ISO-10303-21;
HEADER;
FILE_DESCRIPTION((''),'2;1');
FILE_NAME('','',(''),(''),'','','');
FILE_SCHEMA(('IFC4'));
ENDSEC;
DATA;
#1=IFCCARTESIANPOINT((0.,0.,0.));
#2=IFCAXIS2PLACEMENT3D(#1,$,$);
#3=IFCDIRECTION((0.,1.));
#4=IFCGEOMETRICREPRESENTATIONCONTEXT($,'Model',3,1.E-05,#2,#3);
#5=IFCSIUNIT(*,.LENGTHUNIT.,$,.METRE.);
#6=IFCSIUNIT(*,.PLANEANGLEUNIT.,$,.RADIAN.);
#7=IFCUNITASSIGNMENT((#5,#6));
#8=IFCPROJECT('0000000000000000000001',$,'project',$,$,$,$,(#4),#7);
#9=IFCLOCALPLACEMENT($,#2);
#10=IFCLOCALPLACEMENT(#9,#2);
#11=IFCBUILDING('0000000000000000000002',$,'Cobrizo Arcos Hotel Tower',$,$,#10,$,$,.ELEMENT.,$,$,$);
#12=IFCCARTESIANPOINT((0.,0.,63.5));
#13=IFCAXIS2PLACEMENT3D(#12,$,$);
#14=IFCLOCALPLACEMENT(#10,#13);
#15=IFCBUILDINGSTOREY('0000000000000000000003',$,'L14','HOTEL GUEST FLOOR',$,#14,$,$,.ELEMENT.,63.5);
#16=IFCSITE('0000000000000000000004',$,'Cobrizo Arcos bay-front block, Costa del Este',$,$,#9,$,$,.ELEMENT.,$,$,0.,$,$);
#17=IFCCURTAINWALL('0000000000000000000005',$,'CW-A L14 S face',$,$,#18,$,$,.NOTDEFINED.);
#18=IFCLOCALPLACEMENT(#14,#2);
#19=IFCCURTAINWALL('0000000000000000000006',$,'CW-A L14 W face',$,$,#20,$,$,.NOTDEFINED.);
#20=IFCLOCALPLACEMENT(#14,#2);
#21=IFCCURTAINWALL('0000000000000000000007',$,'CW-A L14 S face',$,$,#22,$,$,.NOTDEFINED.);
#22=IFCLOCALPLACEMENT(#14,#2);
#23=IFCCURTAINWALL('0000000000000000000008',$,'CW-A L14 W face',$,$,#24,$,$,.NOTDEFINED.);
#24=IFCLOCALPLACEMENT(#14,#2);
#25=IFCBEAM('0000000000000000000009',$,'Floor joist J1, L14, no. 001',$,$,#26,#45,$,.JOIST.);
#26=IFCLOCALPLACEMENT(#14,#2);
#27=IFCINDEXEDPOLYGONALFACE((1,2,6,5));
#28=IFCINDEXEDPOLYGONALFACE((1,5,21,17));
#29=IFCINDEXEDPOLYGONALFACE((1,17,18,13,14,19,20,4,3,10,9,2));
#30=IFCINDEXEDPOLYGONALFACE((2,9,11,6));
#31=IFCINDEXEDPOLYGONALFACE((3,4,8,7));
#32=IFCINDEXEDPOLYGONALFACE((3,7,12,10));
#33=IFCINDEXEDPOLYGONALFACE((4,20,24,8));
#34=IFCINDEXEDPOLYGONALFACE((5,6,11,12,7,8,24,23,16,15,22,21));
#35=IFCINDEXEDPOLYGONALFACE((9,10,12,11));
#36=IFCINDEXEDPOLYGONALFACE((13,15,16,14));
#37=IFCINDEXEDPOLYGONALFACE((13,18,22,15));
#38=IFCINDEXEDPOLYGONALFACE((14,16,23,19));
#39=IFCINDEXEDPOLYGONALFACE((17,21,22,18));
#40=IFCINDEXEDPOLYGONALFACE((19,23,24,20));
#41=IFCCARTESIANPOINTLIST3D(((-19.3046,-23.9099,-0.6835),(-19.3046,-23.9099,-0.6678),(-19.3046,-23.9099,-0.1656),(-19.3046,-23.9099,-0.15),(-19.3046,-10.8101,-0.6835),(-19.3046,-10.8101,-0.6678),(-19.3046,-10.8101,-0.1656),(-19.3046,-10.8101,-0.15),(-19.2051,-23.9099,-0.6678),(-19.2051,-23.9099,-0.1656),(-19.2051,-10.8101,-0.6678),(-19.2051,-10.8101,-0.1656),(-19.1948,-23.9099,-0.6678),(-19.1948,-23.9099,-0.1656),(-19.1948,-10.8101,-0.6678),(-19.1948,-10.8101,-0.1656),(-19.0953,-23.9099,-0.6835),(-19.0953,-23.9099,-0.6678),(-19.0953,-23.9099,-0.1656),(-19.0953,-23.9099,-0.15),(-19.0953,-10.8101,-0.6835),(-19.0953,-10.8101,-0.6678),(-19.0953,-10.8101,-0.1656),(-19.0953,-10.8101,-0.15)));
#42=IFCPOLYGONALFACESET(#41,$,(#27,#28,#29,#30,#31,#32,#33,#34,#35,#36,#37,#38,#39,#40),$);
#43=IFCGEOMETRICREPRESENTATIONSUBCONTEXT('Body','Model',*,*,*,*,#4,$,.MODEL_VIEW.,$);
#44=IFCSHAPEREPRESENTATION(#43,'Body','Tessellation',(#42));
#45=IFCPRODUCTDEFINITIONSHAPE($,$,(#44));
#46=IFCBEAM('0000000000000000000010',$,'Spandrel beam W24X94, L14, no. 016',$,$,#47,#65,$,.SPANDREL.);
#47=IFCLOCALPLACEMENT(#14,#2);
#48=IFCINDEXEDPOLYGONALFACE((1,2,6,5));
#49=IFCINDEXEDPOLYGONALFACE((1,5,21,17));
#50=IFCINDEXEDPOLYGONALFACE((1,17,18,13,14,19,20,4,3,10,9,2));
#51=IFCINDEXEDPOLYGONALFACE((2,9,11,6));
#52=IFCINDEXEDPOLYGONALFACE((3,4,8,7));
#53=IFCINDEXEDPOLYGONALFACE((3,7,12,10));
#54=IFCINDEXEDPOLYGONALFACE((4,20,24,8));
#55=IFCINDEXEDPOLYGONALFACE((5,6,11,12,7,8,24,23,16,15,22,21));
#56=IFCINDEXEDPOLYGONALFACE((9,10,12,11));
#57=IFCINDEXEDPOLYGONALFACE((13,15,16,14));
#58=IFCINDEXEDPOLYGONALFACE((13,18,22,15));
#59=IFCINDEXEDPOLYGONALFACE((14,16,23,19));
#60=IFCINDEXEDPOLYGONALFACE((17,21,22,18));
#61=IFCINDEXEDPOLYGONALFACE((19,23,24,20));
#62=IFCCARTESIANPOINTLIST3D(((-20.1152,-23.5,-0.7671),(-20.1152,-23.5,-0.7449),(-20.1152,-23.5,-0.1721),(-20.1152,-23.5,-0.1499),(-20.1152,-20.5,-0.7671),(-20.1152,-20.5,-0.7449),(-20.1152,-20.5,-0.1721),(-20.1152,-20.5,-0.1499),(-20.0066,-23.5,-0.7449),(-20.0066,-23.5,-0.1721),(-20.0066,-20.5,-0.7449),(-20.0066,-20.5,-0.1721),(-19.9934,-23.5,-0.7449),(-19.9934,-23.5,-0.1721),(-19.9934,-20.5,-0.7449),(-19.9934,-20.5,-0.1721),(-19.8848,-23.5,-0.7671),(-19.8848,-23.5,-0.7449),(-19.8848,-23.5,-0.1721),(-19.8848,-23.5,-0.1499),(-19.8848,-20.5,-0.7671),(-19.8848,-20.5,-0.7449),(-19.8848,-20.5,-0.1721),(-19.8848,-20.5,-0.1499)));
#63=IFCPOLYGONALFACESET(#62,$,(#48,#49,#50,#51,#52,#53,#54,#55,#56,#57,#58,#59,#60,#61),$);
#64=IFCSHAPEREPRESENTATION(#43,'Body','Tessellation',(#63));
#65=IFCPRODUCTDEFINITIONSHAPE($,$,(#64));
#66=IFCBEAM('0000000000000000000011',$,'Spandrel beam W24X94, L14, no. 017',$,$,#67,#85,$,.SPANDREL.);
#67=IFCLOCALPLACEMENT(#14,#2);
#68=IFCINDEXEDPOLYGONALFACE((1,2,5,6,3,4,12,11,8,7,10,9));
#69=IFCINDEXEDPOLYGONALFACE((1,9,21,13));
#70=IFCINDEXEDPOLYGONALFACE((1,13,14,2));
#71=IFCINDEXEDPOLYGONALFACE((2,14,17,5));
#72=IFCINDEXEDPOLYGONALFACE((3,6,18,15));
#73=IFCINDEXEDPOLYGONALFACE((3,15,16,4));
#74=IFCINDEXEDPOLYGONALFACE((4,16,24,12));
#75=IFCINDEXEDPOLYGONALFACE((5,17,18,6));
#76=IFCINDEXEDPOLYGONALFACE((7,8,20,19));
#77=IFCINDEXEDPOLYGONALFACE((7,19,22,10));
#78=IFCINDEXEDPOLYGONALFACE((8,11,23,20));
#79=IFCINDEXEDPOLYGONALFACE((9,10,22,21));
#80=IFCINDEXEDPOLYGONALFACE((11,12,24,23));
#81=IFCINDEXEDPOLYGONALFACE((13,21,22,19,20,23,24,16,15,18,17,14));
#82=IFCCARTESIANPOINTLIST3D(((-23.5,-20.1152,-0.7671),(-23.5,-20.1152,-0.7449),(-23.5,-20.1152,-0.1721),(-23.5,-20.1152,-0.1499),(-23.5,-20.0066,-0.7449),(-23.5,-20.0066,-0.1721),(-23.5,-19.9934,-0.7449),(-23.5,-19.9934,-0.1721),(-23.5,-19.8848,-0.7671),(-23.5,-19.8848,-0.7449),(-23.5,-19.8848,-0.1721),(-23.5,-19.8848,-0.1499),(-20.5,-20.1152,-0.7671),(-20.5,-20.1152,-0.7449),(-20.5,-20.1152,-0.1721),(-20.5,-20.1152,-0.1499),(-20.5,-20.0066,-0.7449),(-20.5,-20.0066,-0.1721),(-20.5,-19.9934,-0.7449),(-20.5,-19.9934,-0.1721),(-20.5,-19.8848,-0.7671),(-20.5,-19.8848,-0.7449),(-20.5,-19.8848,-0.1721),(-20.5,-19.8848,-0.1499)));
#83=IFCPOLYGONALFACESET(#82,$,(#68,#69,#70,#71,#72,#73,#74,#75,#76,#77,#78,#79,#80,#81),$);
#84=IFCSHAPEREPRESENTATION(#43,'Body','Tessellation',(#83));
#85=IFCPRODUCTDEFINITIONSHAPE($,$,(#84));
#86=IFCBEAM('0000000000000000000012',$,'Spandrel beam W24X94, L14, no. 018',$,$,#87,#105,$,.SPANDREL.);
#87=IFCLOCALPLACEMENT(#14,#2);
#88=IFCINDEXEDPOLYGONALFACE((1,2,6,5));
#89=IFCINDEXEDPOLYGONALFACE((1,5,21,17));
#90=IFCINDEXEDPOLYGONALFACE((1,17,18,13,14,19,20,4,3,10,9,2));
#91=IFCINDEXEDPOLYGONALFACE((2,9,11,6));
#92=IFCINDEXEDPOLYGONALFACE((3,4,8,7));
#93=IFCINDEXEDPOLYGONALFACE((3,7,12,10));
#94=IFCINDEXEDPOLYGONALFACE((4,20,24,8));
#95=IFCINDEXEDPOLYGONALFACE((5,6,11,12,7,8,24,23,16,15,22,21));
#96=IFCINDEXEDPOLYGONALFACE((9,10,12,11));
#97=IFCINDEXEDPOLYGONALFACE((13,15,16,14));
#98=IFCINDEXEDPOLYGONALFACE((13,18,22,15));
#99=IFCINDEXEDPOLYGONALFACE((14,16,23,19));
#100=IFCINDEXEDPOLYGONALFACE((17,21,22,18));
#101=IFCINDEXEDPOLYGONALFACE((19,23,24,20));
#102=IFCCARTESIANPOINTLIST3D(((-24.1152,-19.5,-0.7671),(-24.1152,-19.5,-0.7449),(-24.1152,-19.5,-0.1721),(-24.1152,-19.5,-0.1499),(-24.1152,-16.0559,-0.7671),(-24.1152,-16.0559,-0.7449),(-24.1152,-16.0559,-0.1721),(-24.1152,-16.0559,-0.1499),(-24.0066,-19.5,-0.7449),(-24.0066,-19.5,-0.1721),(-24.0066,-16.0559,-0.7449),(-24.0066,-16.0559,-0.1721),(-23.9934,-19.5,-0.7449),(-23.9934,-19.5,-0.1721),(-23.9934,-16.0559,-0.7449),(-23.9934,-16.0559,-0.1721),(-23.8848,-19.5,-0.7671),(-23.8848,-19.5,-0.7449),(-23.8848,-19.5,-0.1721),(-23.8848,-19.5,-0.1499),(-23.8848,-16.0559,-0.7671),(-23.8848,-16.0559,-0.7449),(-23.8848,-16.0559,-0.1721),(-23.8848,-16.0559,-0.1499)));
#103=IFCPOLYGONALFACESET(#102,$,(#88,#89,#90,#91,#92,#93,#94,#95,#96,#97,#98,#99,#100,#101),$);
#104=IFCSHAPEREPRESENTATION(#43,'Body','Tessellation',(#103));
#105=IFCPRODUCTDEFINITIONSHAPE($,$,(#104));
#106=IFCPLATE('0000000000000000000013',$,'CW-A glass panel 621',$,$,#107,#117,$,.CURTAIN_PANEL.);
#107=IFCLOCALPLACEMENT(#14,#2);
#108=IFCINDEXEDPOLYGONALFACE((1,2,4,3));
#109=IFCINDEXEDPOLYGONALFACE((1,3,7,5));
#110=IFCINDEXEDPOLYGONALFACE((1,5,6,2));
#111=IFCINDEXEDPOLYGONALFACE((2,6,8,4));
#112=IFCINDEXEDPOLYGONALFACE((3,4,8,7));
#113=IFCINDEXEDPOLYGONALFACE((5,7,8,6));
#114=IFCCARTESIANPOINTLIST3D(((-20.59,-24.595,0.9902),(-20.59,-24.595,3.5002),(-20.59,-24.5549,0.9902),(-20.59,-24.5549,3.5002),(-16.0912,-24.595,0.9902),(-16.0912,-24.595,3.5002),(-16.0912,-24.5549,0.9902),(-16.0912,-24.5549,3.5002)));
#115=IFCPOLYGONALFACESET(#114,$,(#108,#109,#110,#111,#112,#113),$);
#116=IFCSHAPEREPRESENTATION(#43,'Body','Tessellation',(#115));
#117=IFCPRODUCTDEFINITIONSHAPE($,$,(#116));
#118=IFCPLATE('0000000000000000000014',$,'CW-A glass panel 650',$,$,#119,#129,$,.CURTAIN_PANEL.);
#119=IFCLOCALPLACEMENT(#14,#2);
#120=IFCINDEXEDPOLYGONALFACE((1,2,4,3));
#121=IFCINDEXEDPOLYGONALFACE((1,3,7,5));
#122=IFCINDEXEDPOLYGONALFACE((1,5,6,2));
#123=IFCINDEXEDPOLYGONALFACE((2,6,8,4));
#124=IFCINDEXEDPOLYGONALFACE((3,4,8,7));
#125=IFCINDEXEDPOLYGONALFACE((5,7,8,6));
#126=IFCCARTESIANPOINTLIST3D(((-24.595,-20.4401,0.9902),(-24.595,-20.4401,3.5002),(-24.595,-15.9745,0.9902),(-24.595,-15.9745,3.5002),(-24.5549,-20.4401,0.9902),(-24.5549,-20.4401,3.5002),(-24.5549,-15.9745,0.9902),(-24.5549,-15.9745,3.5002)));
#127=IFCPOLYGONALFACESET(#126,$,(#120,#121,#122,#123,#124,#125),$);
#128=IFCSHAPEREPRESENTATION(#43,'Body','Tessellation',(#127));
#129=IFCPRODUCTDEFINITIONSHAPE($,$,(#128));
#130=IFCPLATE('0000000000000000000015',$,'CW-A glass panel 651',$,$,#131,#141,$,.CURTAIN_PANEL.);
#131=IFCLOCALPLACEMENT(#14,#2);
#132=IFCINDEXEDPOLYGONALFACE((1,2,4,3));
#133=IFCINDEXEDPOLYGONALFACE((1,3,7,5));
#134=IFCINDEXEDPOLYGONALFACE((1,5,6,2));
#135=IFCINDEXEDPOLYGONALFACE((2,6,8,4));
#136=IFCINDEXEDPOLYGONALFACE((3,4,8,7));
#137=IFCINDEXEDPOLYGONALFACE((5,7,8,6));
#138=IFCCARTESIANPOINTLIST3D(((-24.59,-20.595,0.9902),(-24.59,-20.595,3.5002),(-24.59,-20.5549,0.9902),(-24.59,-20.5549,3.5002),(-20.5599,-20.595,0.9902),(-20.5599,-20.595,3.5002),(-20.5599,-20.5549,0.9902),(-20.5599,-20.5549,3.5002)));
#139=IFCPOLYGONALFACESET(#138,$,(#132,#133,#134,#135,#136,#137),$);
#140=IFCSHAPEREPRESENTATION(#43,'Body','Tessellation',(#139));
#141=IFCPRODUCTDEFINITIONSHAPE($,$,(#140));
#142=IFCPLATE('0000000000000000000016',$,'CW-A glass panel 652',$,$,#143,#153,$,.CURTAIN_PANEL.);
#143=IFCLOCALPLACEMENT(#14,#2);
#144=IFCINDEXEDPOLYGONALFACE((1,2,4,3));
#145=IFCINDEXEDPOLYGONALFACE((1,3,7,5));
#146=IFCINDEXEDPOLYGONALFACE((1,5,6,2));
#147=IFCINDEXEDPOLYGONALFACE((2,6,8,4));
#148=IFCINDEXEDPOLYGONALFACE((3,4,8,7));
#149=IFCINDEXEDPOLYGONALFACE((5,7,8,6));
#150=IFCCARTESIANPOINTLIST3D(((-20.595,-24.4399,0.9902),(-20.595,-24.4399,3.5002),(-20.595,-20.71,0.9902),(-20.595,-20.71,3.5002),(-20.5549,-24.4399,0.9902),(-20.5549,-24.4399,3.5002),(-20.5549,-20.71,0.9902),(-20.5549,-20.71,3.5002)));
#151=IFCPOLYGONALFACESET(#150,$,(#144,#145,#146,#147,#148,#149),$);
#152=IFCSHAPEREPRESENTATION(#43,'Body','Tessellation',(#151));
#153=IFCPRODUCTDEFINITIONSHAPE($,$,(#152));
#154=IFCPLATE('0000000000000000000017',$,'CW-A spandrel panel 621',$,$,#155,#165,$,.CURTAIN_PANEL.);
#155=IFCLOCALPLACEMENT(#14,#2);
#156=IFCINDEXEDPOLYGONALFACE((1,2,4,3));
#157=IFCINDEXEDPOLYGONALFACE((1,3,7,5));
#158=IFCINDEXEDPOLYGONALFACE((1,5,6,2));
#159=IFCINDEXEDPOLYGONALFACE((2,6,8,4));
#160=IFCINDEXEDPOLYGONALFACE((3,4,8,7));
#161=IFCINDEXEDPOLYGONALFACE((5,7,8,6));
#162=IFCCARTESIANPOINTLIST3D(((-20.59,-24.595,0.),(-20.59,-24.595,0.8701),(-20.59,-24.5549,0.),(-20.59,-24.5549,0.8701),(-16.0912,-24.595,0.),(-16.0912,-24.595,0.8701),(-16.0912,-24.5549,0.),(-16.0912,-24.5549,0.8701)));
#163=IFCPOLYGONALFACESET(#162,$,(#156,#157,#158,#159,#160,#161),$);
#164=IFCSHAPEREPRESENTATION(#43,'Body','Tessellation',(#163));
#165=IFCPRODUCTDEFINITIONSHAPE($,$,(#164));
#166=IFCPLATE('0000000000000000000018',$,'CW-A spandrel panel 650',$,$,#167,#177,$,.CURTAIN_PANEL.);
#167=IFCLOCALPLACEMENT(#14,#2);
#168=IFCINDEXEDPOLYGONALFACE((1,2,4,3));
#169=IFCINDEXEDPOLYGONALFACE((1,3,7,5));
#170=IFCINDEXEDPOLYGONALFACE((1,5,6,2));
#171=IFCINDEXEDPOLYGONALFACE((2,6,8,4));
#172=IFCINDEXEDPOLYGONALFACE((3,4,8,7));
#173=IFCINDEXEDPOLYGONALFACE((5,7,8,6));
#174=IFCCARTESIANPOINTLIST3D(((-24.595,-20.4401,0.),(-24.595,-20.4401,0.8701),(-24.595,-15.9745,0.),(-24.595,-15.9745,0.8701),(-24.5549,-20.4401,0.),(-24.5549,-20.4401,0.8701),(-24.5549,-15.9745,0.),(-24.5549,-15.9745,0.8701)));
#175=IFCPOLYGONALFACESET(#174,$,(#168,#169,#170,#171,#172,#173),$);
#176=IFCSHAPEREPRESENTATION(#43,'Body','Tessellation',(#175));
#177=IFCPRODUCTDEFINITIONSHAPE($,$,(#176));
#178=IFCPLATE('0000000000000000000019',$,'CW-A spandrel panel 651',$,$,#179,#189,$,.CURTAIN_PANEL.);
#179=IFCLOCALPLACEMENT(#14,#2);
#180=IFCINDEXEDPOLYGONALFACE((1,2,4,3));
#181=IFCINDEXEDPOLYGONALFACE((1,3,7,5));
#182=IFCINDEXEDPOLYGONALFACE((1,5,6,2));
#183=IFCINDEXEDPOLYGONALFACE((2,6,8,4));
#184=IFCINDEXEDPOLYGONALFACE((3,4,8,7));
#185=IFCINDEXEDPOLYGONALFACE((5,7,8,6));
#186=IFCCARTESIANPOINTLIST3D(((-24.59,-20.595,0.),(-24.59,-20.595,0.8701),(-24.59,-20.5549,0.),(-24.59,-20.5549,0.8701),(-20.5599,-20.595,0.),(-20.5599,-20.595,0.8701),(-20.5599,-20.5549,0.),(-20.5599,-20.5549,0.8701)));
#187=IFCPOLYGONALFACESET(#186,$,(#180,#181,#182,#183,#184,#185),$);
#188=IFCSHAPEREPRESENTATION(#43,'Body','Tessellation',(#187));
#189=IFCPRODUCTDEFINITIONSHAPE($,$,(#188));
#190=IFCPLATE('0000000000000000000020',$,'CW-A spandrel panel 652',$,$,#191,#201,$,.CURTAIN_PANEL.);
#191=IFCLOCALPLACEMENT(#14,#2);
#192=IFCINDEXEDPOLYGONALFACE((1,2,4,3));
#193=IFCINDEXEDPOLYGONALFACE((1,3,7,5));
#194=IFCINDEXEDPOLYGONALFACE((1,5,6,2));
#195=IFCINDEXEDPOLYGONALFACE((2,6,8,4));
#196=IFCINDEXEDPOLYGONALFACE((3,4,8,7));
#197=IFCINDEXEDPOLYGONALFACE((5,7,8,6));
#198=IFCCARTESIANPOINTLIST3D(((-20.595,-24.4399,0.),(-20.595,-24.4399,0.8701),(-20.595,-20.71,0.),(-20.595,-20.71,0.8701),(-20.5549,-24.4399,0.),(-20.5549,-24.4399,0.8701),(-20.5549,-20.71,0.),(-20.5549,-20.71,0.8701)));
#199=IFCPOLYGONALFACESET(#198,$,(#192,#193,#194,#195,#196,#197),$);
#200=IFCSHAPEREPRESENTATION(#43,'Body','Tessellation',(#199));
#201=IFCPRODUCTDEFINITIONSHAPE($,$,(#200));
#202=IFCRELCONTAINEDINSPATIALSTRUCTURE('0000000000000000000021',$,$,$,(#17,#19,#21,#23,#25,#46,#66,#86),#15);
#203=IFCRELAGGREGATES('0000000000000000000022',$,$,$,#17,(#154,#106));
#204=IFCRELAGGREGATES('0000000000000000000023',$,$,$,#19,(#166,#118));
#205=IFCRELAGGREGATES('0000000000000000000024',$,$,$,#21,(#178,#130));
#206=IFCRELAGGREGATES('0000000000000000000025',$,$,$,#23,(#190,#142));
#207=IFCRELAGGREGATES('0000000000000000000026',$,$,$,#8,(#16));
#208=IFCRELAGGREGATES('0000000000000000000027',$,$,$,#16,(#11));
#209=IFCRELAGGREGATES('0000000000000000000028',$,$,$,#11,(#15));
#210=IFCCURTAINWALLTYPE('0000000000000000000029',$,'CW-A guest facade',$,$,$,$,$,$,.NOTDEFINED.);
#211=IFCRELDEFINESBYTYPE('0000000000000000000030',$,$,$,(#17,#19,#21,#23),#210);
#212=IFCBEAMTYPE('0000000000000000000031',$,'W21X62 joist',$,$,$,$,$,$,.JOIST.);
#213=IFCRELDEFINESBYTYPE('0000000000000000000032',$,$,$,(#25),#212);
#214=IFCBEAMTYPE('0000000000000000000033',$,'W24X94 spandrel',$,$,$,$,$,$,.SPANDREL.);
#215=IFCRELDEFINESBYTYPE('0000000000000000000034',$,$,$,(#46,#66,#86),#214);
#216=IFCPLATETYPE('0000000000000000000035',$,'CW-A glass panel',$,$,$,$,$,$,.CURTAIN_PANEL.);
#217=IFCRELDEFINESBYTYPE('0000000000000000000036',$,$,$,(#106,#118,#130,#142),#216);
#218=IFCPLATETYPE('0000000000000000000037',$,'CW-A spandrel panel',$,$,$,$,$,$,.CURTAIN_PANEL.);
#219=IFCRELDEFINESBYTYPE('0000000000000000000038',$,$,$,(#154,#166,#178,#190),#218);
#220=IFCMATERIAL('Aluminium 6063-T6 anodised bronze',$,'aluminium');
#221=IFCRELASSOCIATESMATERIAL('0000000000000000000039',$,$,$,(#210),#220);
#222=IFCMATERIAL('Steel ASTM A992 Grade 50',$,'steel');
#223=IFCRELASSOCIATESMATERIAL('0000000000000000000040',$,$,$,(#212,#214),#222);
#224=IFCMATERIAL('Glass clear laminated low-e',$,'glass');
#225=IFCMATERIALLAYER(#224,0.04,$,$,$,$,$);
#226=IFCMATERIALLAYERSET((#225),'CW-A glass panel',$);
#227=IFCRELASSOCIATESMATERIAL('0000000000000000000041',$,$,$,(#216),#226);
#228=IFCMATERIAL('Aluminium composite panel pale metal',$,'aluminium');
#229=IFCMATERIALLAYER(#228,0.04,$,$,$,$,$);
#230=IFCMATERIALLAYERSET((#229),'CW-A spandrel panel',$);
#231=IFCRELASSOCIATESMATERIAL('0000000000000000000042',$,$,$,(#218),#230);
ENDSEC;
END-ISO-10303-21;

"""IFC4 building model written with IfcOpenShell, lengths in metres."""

from ifc_helpers import new_model, si_unit, direction, frame, origin, origin_2d, place, context, subcontext, project, spatial, rectangle, i_section, extrude, material, layer, layer_set, material_profile, profile_set, type_object, element, aggregate, save


model = new_model("IFC4")

# Units and contexts
model_context = context("Model", 3, precision=1e-05, world=origin(), true_north=direction((0.0, 1.0)))
body_context = subcontext(model_context, "Body", "Model", "MODEL_VIEW")
ifc_project = project(units=[si_unit("LENGTHUNIT", "METRE"), si_unit("PLANEANGLEUNIT", "RADIAN")], contexts=[model_context])

# Site, building, storey
site_placement = place(None, origin())
site = spatial("IfcSite", under=ifc_project, at=site_placement, Name="Cobrizo Arcos bay-front block, Costa del Este", CompositionType="ELEMENT", RefElevation=0.0)
building_placement = place(site_placement, origin())
building = spatial("IfcBuilding", under=site, at=building_placement, Name="Cobrizo Arcos Hotel Tower", CompositionType="ELEMENT")
storey_placement = place(building_placement, frame((0.0, 0.0, 63.5)))
storey = spatial("IfcBuildingStorey", under=building, at=storey_placement, Name="L14", Description="HOTEL GUEST FLOOR", CompositionType="ELEMENT", Elevation=63.5)

# Curtain wall
ifc_material_1 = material(Name="Aluminium 6063-T6 anodised bronze", Category="aluminium")
curtain_wall_type = type_object("IfcCurtainWallType", Name="CW-A guest facade", PredefinedType="NOTDEFINED", material=ifc_material_1)
curtain_wall_1_placement = place(storey_placement, origin())
curtain_wall_1 = element("IfcCurtainWall", 1, at=curtain_wall_1_placement, inside=storey, type_object=curtain_wall_type, Name="CW-A L14 S face", PredefinedType="NOTDEFINED")

# Curtain walls
curtain_wall_2_placement = place(storey_placement, origin())
curtain_wall_2 = element("IfcCurtainWall", 2, at=curtain_wall_2_placement, inside=storey, type_object=curtain_wall_type, Name="CW-A L14 W face", PredefinedType="NOTDEFINED")
curtain_wall_3_placement = place(storey_placement, origin())
curtain_wall_3 = element("IfcCurtainWall", 3, at=curtain_wall_3_placement, inside=storey, type_object=curtain_wall_type, Name="CW-A L14 S face", PredefinedType="NOTDEFINED")
curtain_wall_4_placement = place(storey_placement, origin())
curtain_wall_4 = element("IfcCurtainWall", 4, at=curtain_wall_4_placement, inside=storey, type_object=curtain_wall_type, Name="CW-A L14 W face", PredefinedType="NOTDEFINED")

# Beams
ifc_material_2 = material(Name="Steel ASTM A992 Grade 50", Category="steel")
ifc_material_profile_1 = material_profile(ifc_material_2, i_section(OverallWidth=0.2092, OverallDepth=0.5334, WebThickness=0.0103, FlangeThickness=0.0156, at=origin_2d()), Name="W21X62")
ifc_profile_set_1 = profile_set([ifc_material_profile_1], Name="Steel ASTM A992 Grade 50")
beam_type_1 = type_object("IfcBeamType", Name="W21X62 joist", PredefinedType="JOIST", material=ifc_profile_set_1)
beam_1_placement = place(storey_placement, frame((-19.2, -23.9099, -0.4167), z_axis=(0.0, 1.0, 0.0), x_axis=(-1.0, 0.0, 0.0)))
element("IfcBeam", 5, at=beam_1_placement, inside=storey, type_object=beam_type_1, Name="Floor joist J1, L14, no. 001", PredefinedType="JOIST", context=body_context, shape_type="SweptSolid", body=[
    extrude(i_section(OverallWidth=0.2092, OverallDepth=0.5334, WebThickness=0.0103, FlangeThickness=0.0156, at=origin_2d()), origin(), (0.0, 0.0, 1.0), 13.0999),
])
ifc_material_profile_2 = material_profile(ifc_material_2, i_section(OverallWidth=0.2305, OverallDepth=0.6172, WebThickness=0.0132, FlangeThickness=0.0222, at=origin_2d()), Name="W24X94")
ifc_profile_set_2 = profile_set([ifc_material_profile_2], Name="Steel ASTM A992 Grade 50")
beam_type_2 = type_object("IfcBeamType", Name="W24X94 spandrel", PredefinedType="SPANDREL", material=ifc_profile_set_2)
for number, where, z_axis, x_axis, name in (
    (6, (-20.0, -23.5, -0.4585), (0.0, 1.0, 0.0), (-1.0, 0.0, 0.0), "Spandrel beam W24X94, L14, no. 016"),
    (7, (-20.5, -20.0, -0.4585), (-1.0, 0.0, 0.0), (0.0, -1.0, 0.0), "Spandrel beam W24X94, L14, no. 017"),
):
    element("IfcBeam", number, at=place(storey_placement, frame(where, z_axis=z_axis, x_axis=x_axis)), inside=storey, type_object=beam_type_2, Name=name, PredefinedType="SPANDREL", context=body_context, shape_type="SweptSolid", body=[
        extrude(i_section(OverallWidth=0.2305, OverallDepth=0.6172, WebThickness=0.0132, FlangeThickness=0.0222, at=origin_2d()), origin(), (0.0, 0.0, 1.0), 3.0),
    ])
beam_2_placement = place(storey_placement, frame((-24.0, -19.5, -0.4585), z_axis=(0.0, 1.0, 0.0), x_axis=(-1.0, 0.0, 0.0)))
element("IfcBeam", 8, at=beam_2_placement, inside=storey, type_object=beam_type_2, Name="Spandrel beam W24X94, L14, no. 018", PredefinedType="SPANDREL", context=body_context, shape_type="SweptSolid", body=[
    extrude(i_section(OverallWidth=0.2305, OverallDepth=0.6172, WebThickness=0.0132, FlangeThickness=0.0222, at=origin_2d()), origin(), (0.0, 0.0, 1.0), 3.4441),
])

# Plates
ifc_material_3 = material(Name="Glass clear laminated low-e", Category="glass")
ifc_layer_1 = layer(ifc_material_3, 0.04)
ifc_layer_set_1 = layer_set([ifc_layer_1], Name="CW-A glass panel")
plate_type_1 = type_object("IfcPlateType", Name="CW-A glass panel", PredefinedType="CURTAIN_PANEL", material=ifc_layer_set_1)
plate_1_placement = place(storey_placement, frame((-18.3406, -24.575, 0.9902), z_axis=(0.0, 0.0, 1.0), x_axis=(1.0, 0.0, 0.0)))
plate_1 = element("IfcPlate", 9, at=plate_1_placement, type_object=plate_type_1, Name="CW-A glass panel 621", PredefinedType="CURTAIN_PANEL", context=body_context, shape_type="SweptSolid", body=[
    extrude(rectangle(XDim=4.4988, YDim=0.04, at=origin_2d()), origin(), (0.0, 0.0, 1.0), 2.51),
])
plate_2_placement = place(storey_placement, frame((-24.575, -18.2073, 0.9902), z_axis=(0.0, 0.0, 1.0), x_axis=(0.0, -1.0, 0.0)))
plate_2 = element("IfcPlate", 10, at=plate_2_placement, type_object=plate_type_1, Name="CW-A glass panel 650", PredefinedType="CURTAIN_PANEL", context=body_context, shape_type="SweptSolid", body=[
    extrude(rectangle(XDim=4.4656, YDim=0.04, at=origin_2d()), origin(), (0.0, 0.0, 1.0), 2.51),
])
plate_3_placement = place(storey_placement, frame((-22.575, -20.575, 0.9902), z_axis=(0.0, 0.0, 1.0), x_axis=(1.0, 0.0, 0.0)))
plate_3 = element("IfcPlate", 11, at=plate_3_placement, type_object=plate_type_1, Name="CW-A glass panel 651", PredefinedType="CURTAIN_PANEL", context=body_context, shape_type="SweptSolid", body=[
    extrude(rectangle(XDim=4.03, YDim=0.04, at=origin_2d()), origin(), (0.0, 0.0, 1.0), 2.51),
])
plate_4_placement = place(storey_placement, frame((-20.575, -22.575, 0.9902), z_axis=(0.0, 0.0, 1.0), x_axis=(0.0, -1.0, 0.0)))
plate_4 = element("IfcPlate", 12, at=plate_4_placement, type_object=plate_type_1, Name="CW-A glass panel 652", PredefinedType="CURTAIN_PANEL", context=body_context, shape_type="SweptSolid", body=[
    extrude(rectangle(XDim=3.73, YDim=0.04, at=origin_2d()), origin(), (0.0, 0.0, 1.0), 2.51),
])
ifc_material_4 = material(Name="Aluminium composite panel pale metal", Category="aluminium")
ifc_layer_2 = layer(ifc_material_4, 0.04)
ifc_layer_set_2 = layer_set([ifc_layer_2], Name="CW-A spandrel panel")
plate_type_2 = type_object("IfcPlateType", Name="CW-A spandrel panel", PredefinedType="CURTAIN_PANEL", material=ifc_layer_set_2)
plate_5_placement = place(storey_placement, frame((-18.3406, -24.575, 0.0), z_axis=(0.0, 0.0, 1.0), x_axis=(1.0, 0.0, 0.0)))
plate_5 = element("IfcPlate", 13, at=plate_5_placement, type_object=plate_type_2, Name="CW-A spandrel panel 621", PredefinedType="CURTAIN_PANEL", context=body_context, shape_type="SweptSolid", body=[
    extrude(rectangle(XDim=4.4988, YDim=0.04, at=origin_2d()), origin(), (0.0, 0.0, 1.0), 0.8701),
])
aggregate(curtain_wall_1, [plate_5, plate_1])
plate_6_placement = place(storey_placement, frame((-24.575, -18.2073, 0.0), z_axis=(0.0, 0.0, 1.0), x_axis=(0.0, -1.0, 0.0)))
plate_6 = element("IfcPlate", 14, at=plate_6_placement, type_object=plate_type_2, Name="CW-A spandrel panel 650", PredefinedType="CURTAIN_PANEL", context=body_context, shape_type="SweptSolid", body=[
    extrude(rectangle(XDim=4.4656, YDim=0.04, at=origin_2d()), origin(), (0.0, 0.0, 1.0), 0.8701),
])
aggregate(curtain_wall_2, [plate_6, plate_2])
plate_7_placement = place(storey_placement, frame((-22.575, -20.575, 0.0), z_axis=(0.0, 0.0, 1.0), x_axis=(1.0, 0.0, 0.0)))
plate_7 = element("IfcPlate", 15, at=plate_7_placement, type_object=plate_type_2, Name="CW-A spandrel panel 651", PredefinedType="CURTAIN_PANEL", context=body_context, shape_type="SweptSolid", body=[
    extrude(rectangle(XDim=4.03, YDim=0.04, at=origin_2d()), origin(), (0.0, 0.0, 1.0), 0.8701),
])
aggregate(curtain_wall_3, [plate_7, plate_3])
plate_8_placement = place(storey_placement, frame((-20.575, -22.575, 0.0), z_axis=(0.0, 0.0, 1.0), x_axis=(0.0, -1.0, 0.0)))
plate_8 = element("IfcPlate", 16, at=plate_8_placement, type_object=plate_type_2, Name="CW-A spandrel panel 652", PredefinedType="CURTAIN_PANEL", context=body_context, shape_type="SweptSolid", body=[
    extrude(rectangle(XDim=3.73, YDim=0.04, at=origin_2d()), origin(), (0.0, 0.0, 1.0), 0.8701),
])
aggregate(curtain_wall_4, [plate_8, plate_4])

save(model, "model.ifc")
